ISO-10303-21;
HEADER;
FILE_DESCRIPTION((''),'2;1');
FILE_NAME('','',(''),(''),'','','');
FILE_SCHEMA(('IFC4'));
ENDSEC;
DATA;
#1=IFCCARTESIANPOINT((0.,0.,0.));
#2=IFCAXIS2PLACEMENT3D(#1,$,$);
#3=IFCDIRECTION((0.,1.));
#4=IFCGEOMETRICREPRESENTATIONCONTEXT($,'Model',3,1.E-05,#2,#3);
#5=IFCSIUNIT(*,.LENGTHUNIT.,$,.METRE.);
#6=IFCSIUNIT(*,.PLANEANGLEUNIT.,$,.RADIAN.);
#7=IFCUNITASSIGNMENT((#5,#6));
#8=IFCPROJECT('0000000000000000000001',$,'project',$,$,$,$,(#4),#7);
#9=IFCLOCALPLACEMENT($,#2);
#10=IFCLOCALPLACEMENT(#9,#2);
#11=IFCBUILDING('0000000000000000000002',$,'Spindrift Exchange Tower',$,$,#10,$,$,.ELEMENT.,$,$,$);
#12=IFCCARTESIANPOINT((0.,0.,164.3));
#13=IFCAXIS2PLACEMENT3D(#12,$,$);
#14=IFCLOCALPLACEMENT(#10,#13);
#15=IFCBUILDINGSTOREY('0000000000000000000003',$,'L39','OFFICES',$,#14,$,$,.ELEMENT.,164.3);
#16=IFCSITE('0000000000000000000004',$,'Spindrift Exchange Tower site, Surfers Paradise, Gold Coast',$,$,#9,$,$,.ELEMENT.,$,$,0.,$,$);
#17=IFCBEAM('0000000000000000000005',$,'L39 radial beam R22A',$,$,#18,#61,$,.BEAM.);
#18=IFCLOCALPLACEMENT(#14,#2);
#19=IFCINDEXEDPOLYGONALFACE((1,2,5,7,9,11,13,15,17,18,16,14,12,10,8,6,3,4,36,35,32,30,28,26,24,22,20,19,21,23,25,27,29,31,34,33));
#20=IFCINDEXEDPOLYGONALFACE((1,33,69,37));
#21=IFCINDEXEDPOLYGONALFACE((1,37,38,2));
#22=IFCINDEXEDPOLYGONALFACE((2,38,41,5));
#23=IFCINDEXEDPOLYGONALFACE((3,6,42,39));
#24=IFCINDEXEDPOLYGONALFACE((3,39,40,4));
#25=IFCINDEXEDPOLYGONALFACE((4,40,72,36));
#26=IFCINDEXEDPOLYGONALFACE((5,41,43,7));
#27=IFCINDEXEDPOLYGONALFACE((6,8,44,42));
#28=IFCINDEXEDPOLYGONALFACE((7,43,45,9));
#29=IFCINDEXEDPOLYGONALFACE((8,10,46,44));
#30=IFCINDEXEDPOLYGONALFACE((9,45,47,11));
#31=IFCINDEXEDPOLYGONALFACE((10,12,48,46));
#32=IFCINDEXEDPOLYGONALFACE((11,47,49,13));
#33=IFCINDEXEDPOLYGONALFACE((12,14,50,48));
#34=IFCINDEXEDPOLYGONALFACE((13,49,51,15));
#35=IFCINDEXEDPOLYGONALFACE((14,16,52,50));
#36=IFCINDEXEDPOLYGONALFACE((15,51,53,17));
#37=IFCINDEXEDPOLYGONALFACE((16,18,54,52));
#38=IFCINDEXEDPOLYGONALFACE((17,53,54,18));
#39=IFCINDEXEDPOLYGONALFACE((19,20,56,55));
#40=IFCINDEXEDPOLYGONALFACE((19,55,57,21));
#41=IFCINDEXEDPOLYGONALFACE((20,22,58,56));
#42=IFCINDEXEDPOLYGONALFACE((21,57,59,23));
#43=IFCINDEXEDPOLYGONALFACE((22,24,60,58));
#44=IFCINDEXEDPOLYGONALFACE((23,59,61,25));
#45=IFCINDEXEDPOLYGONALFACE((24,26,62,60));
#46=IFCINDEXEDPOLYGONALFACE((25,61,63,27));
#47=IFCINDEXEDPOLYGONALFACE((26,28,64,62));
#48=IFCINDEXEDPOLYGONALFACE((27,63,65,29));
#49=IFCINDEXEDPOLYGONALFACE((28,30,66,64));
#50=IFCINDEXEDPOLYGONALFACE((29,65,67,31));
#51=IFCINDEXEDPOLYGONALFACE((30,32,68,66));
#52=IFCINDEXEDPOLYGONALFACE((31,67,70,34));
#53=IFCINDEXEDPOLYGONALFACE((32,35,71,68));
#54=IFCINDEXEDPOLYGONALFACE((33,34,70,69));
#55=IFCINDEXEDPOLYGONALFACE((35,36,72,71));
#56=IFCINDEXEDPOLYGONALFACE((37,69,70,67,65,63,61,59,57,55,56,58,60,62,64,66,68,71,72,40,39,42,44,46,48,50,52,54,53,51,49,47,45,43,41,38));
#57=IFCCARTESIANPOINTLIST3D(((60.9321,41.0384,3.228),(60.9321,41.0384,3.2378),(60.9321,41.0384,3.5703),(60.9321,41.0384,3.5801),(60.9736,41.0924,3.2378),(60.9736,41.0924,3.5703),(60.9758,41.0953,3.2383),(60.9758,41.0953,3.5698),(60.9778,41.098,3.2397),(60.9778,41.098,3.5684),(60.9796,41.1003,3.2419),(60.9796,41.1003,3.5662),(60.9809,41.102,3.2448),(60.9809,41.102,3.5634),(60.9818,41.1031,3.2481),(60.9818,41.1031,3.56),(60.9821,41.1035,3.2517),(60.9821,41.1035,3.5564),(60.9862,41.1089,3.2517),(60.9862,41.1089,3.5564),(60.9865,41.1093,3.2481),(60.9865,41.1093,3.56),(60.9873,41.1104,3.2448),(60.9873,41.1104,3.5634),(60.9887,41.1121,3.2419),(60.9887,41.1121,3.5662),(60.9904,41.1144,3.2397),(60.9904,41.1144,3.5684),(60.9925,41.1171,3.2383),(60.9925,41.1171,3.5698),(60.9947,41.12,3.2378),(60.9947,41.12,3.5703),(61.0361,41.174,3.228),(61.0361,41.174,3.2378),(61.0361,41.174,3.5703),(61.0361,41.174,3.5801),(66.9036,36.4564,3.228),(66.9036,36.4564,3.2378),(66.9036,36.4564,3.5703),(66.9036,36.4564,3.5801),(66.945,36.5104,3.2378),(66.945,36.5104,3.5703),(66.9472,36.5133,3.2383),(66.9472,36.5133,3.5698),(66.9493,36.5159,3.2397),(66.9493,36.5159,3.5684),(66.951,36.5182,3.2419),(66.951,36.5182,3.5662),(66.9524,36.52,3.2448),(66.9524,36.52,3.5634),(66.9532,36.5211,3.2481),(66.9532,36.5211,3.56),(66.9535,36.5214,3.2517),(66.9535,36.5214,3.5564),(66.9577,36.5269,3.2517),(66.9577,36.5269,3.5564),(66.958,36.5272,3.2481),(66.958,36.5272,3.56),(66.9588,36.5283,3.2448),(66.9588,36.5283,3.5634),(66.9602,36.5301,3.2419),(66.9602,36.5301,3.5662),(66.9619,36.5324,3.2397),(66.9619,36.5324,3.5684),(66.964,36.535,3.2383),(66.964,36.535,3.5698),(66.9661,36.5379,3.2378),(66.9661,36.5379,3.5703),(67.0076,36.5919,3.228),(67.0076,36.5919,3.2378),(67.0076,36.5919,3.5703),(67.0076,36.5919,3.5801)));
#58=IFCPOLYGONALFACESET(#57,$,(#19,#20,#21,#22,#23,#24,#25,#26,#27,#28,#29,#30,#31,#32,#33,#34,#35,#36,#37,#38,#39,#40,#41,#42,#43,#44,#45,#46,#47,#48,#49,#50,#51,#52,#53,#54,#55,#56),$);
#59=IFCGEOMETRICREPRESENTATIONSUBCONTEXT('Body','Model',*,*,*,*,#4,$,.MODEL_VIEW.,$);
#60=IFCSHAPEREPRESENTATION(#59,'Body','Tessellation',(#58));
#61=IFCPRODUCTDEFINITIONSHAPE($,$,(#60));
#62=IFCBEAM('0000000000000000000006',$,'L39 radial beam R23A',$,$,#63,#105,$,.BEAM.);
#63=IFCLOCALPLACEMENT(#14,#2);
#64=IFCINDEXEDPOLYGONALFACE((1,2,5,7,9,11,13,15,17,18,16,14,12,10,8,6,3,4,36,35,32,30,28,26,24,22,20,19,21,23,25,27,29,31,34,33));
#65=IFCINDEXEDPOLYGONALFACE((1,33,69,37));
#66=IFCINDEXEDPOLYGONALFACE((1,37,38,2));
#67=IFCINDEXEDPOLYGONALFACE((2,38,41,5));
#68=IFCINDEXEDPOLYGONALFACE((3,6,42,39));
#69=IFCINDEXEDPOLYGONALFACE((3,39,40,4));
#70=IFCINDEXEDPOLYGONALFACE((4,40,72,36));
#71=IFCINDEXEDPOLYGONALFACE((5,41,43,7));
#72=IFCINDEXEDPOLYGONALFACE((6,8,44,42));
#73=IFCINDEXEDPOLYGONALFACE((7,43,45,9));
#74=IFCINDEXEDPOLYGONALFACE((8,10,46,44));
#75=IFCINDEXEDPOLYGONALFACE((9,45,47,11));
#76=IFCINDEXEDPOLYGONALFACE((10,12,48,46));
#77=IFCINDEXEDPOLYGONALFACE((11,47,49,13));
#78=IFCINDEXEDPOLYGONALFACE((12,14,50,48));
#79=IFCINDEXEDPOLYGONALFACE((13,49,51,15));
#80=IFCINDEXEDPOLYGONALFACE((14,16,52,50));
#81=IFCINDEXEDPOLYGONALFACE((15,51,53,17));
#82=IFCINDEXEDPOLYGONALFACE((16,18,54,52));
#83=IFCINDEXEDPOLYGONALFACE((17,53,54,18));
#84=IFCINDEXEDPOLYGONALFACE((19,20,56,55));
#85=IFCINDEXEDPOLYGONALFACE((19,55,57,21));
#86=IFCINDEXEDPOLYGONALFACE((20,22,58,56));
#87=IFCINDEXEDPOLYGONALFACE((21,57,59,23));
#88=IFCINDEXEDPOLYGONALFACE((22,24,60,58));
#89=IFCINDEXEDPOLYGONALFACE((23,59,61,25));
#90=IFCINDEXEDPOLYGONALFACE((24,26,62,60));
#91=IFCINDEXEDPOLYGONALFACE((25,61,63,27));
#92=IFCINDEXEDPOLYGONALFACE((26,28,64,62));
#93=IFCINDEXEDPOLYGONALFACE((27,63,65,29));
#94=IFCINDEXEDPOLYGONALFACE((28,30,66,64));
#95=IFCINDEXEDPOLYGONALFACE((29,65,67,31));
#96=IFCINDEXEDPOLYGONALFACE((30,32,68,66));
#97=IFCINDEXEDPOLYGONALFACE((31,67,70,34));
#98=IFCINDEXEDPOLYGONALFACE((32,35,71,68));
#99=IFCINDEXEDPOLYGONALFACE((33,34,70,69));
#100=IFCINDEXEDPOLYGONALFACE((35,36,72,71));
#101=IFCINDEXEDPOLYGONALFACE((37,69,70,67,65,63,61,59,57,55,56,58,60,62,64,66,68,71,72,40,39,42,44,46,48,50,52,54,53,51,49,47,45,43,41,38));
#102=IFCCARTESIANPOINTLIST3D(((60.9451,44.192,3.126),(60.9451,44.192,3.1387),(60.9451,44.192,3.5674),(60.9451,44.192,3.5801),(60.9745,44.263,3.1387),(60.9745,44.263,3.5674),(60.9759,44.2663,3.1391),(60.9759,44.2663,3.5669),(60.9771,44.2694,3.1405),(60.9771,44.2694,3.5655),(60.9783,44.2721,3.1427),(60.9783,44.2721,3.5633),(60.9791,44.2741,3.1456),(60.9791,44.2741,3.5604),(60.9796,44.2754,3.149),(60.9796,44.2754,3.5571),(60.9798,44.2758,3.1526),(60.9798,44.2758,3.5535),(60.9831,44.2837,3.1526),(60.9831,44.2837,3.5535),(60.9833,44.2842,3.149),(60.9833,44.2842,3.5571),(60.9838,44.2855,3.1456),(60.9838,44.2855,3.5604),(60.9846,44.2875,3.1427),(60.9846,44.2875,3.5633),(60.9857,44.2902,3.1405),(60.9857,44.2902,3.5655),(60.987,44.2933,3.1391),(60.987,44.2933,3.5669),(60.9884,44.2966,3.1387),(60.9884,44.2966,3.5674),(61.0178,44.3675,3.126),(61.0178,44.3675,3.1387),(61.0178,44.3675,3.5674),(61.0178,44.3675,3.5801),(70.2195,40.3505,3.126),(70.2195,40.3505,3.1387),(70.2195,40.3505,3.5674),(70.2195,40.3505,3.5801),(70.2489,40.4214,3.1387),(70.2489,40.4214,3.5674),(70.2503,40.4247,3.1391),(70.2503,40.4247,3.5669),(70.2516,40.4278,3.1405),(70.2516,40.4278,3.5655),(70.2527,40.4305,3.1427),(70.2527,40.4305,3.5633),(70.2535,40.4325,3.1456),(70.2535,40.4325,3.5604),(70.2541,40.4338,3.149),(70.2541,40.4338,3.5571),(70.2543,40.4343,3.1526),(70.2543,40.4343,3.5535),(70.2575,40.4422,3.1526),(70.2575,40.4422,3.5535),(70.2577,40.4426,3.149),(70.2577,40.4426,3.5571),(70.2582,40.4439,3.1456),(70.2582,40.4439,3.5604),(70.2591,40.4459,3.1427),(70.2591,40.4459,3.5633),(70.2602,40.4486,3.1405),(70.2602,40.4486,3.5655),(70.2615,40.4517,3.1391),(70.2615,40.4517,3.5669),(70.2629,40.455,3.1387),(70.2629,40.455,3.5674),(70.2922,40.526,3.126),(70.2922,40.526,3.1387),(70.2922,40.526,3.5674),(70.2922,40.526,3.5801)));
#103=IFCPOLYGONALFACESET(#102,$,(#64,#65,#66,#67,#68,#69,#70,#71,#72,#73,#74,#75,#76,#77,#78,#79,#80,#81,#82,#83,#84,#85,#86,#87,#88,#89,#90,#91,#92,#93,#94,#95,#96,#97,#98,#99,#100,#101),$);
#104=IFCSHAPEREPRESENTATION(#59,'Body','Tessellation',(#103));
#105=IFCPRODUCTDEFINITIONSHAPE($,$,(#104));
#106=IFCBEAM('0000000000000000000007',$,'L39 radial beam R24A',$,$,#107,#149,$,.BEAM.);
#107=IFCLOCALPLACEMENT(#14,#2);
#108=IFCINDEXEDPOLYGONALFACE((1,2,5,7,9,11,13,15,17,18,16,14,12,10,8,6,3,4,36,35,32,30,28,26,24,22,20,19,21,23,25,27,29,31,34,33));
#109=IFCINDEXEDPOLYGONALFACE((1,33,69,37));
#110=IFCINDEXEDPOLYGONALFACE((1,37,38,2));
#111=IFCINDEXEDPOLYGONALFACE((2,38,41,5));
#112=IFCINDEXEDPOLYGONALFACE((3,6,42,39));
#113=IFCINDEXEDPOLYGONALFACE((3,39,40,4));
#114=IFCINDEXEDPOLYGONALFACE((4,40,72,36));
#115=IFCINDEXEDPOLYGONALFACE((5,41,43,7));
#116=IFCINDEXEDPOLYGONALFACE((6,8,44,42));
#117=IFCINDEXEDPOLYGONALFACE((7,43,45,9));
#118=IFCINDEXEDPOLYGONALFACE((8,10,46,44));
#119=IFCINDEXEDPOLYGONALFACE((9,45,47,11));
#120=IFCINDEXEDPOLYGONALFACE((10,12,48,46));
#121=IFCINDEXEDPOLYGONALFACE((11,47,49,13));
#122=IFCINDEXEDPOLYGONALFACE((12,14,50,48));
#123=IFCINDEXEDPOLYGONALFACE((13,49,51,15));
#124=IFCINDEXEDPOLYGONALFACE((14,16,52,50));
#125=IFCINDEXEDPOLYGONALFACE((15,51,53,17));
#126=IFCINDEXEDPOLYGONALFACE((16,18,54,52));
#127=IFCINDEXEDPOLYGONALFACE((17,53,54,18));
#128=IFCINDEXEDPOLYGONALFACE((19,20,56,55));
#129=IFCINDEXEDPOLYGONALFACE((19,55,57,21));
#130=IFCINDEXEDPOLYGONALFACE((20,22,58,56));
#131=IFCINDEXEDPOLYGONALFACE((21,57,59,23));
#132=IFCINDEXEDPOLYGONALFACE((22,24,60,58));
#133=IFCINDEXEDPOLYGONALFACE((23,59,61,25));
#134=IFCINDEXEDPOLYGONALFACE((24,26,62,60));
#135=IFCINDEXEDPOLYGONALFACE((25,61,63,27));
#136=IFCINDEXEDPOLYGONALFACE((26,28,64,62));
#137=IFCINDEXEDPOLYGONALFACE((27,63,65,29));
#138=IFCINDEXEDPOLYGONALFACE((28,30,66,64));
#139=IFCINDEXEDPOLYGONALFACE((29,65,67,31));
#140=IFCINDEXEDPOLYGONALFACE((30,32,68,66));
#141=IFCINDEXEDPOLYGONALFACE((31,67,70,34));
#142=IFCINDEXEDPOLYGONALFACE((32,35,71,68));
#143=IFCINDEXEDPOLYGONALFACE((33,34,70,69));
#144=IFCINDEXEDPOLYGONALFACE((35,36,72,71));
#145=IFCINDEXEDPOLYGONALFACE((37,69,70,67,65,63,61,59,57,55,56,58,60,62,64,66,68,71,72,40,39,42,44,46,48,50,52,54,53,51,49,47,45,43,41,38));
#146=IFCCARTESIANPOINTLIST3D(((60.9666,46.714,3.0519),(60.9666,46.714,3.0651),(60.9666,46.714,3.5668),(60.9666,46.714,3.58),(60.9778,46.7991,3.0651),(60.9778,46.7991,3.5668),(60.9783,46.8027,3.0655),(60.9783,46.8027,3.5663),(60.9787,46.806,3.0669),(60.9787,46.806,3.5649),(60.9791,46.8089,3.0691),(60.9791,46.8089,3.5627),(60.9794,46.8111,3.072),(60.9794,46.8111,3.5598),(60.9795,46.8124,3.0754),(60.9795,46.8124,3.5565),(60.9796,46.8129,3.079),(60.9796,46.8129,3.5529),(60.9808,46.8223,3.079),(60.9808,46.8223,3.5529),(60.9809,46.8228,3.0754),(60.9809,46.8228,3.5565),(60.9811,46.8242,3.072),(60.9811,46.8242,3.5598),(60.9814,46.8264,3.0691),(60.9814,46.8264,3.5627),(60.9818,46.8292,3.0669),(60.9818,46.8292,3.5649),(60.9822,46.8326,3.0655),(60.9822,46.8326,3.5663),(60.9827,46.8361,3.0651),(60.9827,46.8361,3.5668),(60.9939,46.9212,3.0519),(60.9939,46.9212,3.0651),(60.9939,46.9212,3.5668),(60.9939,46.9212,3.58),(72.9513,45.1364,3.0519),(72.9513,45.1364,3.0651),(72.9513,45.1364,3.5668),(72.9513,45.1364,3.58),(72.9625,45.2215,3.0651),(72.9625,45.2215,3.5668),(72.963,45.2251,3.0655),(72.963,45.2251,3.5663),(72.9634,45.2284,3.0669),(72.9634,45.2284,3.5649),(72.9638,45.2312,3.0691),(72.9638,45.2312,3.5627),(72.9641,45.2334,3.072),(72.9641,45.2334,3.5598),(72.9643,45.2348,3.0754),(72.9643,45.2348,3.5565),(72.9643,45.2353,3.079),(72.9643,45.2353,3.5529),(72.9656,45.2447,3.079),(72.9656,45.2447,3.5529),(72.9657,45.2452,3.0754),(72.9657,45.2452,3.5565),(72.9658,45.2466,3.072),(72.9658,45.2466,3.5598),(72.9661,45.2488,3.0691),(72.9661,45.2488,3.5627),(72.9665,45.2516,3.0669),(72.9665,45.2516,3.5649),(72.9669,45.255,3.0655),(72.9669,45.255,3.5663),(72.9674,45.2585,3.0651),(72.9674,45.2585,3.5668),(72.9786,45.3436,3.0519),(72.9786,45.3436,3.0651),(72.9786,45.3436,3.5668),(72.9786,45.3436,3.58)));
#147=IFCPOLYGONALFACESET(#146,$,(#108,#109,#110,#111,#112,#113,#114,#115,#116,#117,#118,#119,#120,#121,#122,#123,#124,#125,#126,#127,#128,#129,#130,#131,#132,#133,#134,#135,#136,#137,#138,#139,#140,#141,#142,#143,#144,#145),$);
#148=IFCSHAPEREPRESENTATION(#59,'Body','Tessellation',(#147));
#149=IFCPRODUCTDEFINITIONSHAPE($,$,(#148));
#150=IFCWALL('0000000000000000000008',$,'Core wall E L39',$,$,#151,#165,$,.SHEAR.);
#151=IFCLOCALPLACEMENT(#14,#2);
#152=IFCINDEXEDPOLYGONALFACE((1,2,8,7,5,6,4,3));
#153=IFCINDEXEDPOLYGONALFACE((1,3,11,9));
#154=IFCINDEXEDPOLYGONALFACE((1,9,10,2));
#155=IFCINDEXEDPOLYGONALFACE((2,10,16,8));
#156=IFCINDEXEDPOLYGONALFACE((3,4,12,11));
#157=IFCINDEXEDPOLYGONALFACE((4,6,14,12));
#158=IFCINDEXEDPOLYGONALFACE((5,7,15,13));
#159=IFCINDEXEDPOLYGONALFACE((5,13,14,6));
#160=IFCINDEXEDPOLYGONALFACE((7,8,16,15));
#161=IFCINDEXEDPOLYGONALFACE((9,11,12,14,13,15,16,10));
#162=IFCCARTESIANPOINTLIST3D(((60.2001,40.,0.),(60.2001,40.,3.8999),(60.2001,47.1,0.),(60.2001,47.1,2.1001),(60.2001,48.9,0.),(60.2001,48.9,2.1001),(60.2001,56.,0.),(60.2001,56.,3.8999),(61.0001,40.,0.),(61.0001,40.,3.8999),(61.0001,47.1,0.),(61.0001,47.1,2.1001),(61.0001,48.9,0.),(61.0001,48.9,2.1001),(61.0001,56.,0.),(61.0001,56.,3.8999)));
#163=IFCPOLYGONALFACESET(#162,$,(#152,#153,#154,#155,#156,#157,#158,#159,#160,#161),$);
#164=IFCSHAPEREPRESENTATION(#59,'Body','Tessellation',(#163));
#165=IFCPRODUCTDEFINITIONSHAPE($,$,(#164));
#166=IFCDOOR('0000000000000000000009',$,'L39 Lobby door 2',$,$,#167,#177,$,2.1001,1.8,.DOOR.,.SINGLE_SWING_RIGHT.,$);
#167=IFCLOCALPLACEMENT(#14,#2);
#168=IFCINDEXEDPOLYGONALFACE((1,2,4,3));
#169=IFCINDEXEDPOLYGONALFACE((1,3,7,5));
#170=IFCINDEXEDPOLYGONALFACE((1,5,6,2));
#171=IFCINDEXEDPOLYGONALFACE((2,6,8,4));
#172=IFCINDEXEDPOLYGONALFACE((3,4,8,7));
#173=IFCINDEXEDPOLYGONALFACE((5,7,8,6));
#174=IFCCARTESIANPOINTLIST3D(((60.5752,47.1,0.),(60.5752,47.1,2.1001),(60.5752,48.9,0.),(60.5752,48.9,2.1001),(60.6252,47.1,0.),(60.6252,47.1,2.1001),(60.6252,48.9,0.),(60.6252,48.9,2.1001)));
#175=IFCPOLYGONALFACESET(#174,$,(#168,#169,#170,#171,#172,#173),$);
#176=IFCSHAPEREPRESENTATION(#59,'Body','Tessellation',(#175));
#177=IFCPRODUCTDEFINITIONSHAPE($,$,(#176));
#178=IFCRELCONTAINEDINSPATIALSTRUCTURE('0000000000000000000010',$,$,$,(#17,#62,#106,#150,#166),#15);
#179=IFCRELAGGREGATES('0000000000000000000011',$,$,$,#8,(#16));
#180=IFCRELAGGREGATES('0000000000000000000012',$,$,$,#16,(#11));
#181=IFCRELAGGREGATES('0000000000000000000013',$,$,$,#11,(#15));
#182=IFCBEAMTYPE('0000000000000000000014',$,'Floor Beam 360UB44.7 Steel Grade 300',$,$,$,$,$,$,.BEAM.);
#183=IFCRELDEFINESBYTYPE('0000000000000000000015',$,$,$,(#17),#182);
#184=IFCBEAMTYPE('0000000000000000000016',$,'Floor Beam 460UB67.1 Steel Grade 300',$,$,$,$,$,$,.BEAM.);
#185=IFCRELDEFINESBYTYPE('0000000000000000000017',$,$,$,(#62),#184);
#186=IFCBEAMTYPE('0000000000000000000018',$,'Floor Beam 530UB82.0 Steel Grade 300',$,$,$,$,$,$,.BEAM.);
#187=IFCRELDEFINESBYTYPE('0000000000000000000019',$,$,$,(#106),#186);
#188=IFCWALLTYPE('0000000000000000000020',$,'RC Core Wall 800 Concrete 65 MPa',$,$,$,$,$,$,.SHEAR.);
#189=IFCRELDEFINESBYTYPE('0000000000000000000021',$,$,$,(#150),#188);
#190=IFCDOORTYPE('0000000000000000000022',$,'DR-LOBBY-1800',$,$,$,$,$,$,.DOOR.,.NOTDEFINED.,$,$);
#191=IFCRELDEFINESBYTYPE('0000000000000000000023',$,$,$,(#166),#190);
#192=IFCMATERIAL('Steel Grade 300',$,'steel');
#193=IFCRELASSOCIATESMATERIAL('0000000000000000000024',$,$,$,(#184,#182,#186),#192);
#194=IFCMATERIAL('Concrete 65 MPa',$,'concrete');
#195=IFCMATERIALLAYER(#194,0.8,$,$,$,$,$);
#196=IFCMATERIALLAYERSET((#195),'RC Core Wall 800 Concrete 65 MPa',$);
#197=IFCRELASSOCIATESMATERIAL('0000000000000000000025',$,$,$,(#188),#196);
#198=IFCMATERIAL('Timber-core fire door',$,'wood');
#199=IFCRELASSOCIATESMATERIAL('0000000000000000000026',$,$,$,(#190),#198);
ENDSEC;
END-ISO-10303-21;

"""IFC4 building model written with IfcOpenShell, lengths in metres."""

from ifc_helpers import new_model, si_unit, direction, frame, frame_2d, origin, origin_2d, place, context, subcontext, project, spatial, rectangle, i_section, extrude, source, transform, mapped, material, layer, layer_set, material_profile, profile_set, type_object, element, fill, save


model = new_model("IFC4")

# Units and contexts
model_context = context("Model", 3, precision=1e-05, world=origin(), true_north=direction((0.0, 1.0)))
body_context = subcontext(model_context, "Body", "Model", "MODEL_VIEW")
ifc_project = project(units=[si_unit("LENGTHUNIT", "METRE"), si_unit("PLANEANGLEUNIT", "RADIAN")], contexts=[model_context])

# Site, building, storey
site_placement = place(None, origin())
site = spatial("IfcSite", under=ifc_project, at=site_placement, Name="Spindrift Exchange Tower site, Surfers Paradise, Gold Coast", CompositionType="ELEMENT", RefElevation=0.0)
building_placement = place(site_placement, origin())
building = spatial("IfcBuilding", under=site, at=building_placement, Name="Spindrift Exchange Tower", CompositionType="ELEMENT")
storey_placement = place(building_placement, frame((0.0, 0.0, 164.3)))
storey = spatial("IfcBuildingStorey", under=building, at=storey_placement, Name="L39", Description="OFFICES", CompositionType="ELEMENT", Elevation=164.3)

# Beams
ifc_material_1 = material(Name="Steel Grade 300", Category="steel")
ifc_material_profile_1 = material_profile(ifc_material_1, i_section(OverallWidth=0.1899, OverallDepth=0.4541, WebThickness=0.0085, FlangeThickness=0.0127, FilletRadius=0.0139, at=origin_2d()), Name="460UB67.1")
ifc_profile_set_1 = profile_set([ifc_material_profile_1], Name="Steel Grade 300")
beam_type_1 = type_object("IfcBeamType", Name="Floor Beam 460UB67.1 Steel Grade 300", PredefinedType="BEAM", material=ifc_profile_set_1)
ifc_material_profile_2 = material_profile(ifc_material_1, i_section(OverallWidth=0.1709, OverallDepth=0.3521, WebThickness=0.0068, FlangeThickness=0.0098, FilletRadius=0.0139, at=origin_2d()), Name="360UB44.7")
ifc_profile_set_2 = profile_set([ifc_material_profile_2], Name="Steel Grade 300")
beam_type_2 = type_object("IfcBeamType", Name="Floor Beam 360UB44.7 Steel Grade 300", PredefinedType="BEAM", material=ifc_profile_set_2)
shared_shape_1 = source(origin(), body_context, "Body", "SweptSolid", [
    extrude(i_section(OverallWidth=0.1709, OverallDepth=0.3521, WebThickness=0.0068, FlangeThickness=0.0098, FilletRadius=0.0139, at=origin_2d()), origin(), (0.0, 0.0, 1.0), 7.5269),
])
beam_1_placement = place(storey_placement, frame((60.9841, 41.1062, 3.4041), z_axis=(0.793354, -0.60876, 0.0), x_axis=(0.60876, 0.793354, 0.0)))
element("IfcBeam", 1, at=beam_1_placement, inside=storey, type_object=beam_type_2, Name="L39 radial beam R22A", PredefinedType="BEAM", context=body_context, shape_type="MappedRepresentation", body=[
    mapped(shared_shape_1, transform((0.0, 0.0, 0.0), scale=1.0)),
])
shared_shape_2 = source(origin(), body_context, "Body", "SweptSolid", [
    extrude(i_section(OverallWidth=0.1899, OverallDepth=0.4541, WebThickness=0.0085, FlangeThickness=0.0127, FilletRadius=0.0139, at=origin_2d()), origin(), (0.0, 0.0, 1.0), 10.0386),
])
beam_2_placement = place(storey_placement, frame((60.9814, 44.2798, 3.353), z_axis=(0.923881, -0.38268, 0.0), x_axis=(0.38268, 0.923881, 0.0)))
element("IfcBeam", 2, at=beam_2_placement, inside=storey, type_object=beam_type_1, Name="L39 radial beam R23A", PredefinedType="BEAM", context=body_context, shape_type="MappedRepresentation", body=[
    mapped(shared_shape_2, transform((0.0, 0.0, 0.0), scale=1.0)),
])
ifc_material_profile_3 = material_profile(ifc_material_1, i_section(OverallWidth=0.209, OverallDepth=0.5281, WebThickness=0.0095, FlangeThickness=0.0132, FilletRadius=0.0139, at=origin_2d()), Name="530UB82.0")
ifc_profile_set_3 = profile_set([ifc_material_profile_3], Name="Steel Grade 300")
beam_type_3 = type_object("IfcBeamType", Name="Floor Beam 530UB82.0 Steel Grade 300", PredefinedType="BEAM", material=ifc_profile_set_3)
shared_shape_3 = source(origin(), body_context, "Body", "SweptSolid", [
    extrude(i_section(OverallWidth=0.209, OverallDepth=0.5281, WebThickness=0.0095, FlangeThickness=0.0132, FilletRadius=0.0139, at=origin_2d()), origin(), (0.0, 0.0, 1.0), 12.0881),
])
beam_3_placement = place(storey_placement, frame((60.9802, 46.8176, 3.3159), z_axis=(0.991447, -0.13051, 0.0), x_axis=(0.13051, 0.991447, 0.0)))
element("IfcBeam", 3, at=beam_3_placement, inside=storey, type_object=beam_type_3, Name="L39 radial beam R24A", PredefinedType="BEAM", context=body_context, shape_type="MappedRepresentation", body=[
    mapped(shared_shape_3, transform((0.0, 0.0, 0.0), scale=1.0)),
])

# Wall, opening, door
ifc_material_2 = material(Name="Concrete 65 MPa", Category="concrete")
ifc_layer_1 = layer(ifc_material_2, 0.8)
ifc_layer_set_1 = layer_set([ifc_layer_1], Name="RC Core Wall 800 Concrete 65 MPa")
wall_type_1 = type_object("IfcWallType", Name="RC Core Wall 800 Concrete 65 MPa", PredefinedType="SHEAR", material=ifc_layer_set_1)
wall_1_placement = place(storey_placement, frame((60.6001, 40.0, 0.0), z_axis=(0.0, 0.0, 1.0), x_axis=(0.0, 1.0, 0.0)))
wall_1 = element("IfcWall", 4, at=wall_1_placement, inside=storey, type_object=wall_type_1, Name="Core wall E L39", PredefinedType="SHEAR", context=body_context, shape_type="SweptSolid", body=[
    extrude(rectangle(XDim=16.0, YDim=0.8, at=frame_2d((8.0, 0.0))), origin(), (0.0, 0.0, 1.0), 3.8999),
])
opening_placement = place(wall_1_placement, frame((7.1001, 0.0, 0.0)))
opening = element("IfcOpeningElement", 5, at=opening_placement, cuts=wall_1, PredefinedType="OPENING", context=body_context, shape_type="SweptSolid", body=[
    extrude(rectangle(XDim=1.8, YDim=2.1001, at=frame_2d((0.8999, 1.05))), frame((0.0, 0.4099, 0.0), z_axis=(0.0, -1.0, 0.0), x_axis=(1.0, 0.0, 0.0)), (0.0, 0.0, 1.0), 0.8201),
])
ifc_material_3 = material(Name="Timber-core fire door", Category="wood")
door_type = type_object("IfcDoorType", Name="DR-LOBBY-1800", OperationType="NOTDEFINED", PredefinedType="DOOR", material=ifc_material_3)
shared_shape_4 = source(origin(), body_context, "Body", "SweptSolid", [
    extrude(rectangle(XDim=1.8, YDim=2.1001, at=frame_2d((0.8999, 1.05))), frame((0.0, 0.0249, 0.0), z_axis=(0.0, -1.0, 0.0), x_axis=(1.0, 0.0, 0.0)), (0.0, 0.0, 1.0), 0.05),
])
door_placement = place(opening_placement, origin())
door = element("IfcDoor", 6, at=door_placement, inside=storey, type_object=door_type, Name="L39 Lobby door 2", OperationType="SINGLE_SWING_RIGHT", OverallHeight=2.1001, OverallWidth=1.8, PredefinedType="DOOR", context=body_context, shape_type="MappedRepresentation", body=[
    mapped(shared_shape_4, transform((0.0, 0.0, 0.0), scale=1.0)),
])
fill(opening, door)

save(model, "model.ifc")
